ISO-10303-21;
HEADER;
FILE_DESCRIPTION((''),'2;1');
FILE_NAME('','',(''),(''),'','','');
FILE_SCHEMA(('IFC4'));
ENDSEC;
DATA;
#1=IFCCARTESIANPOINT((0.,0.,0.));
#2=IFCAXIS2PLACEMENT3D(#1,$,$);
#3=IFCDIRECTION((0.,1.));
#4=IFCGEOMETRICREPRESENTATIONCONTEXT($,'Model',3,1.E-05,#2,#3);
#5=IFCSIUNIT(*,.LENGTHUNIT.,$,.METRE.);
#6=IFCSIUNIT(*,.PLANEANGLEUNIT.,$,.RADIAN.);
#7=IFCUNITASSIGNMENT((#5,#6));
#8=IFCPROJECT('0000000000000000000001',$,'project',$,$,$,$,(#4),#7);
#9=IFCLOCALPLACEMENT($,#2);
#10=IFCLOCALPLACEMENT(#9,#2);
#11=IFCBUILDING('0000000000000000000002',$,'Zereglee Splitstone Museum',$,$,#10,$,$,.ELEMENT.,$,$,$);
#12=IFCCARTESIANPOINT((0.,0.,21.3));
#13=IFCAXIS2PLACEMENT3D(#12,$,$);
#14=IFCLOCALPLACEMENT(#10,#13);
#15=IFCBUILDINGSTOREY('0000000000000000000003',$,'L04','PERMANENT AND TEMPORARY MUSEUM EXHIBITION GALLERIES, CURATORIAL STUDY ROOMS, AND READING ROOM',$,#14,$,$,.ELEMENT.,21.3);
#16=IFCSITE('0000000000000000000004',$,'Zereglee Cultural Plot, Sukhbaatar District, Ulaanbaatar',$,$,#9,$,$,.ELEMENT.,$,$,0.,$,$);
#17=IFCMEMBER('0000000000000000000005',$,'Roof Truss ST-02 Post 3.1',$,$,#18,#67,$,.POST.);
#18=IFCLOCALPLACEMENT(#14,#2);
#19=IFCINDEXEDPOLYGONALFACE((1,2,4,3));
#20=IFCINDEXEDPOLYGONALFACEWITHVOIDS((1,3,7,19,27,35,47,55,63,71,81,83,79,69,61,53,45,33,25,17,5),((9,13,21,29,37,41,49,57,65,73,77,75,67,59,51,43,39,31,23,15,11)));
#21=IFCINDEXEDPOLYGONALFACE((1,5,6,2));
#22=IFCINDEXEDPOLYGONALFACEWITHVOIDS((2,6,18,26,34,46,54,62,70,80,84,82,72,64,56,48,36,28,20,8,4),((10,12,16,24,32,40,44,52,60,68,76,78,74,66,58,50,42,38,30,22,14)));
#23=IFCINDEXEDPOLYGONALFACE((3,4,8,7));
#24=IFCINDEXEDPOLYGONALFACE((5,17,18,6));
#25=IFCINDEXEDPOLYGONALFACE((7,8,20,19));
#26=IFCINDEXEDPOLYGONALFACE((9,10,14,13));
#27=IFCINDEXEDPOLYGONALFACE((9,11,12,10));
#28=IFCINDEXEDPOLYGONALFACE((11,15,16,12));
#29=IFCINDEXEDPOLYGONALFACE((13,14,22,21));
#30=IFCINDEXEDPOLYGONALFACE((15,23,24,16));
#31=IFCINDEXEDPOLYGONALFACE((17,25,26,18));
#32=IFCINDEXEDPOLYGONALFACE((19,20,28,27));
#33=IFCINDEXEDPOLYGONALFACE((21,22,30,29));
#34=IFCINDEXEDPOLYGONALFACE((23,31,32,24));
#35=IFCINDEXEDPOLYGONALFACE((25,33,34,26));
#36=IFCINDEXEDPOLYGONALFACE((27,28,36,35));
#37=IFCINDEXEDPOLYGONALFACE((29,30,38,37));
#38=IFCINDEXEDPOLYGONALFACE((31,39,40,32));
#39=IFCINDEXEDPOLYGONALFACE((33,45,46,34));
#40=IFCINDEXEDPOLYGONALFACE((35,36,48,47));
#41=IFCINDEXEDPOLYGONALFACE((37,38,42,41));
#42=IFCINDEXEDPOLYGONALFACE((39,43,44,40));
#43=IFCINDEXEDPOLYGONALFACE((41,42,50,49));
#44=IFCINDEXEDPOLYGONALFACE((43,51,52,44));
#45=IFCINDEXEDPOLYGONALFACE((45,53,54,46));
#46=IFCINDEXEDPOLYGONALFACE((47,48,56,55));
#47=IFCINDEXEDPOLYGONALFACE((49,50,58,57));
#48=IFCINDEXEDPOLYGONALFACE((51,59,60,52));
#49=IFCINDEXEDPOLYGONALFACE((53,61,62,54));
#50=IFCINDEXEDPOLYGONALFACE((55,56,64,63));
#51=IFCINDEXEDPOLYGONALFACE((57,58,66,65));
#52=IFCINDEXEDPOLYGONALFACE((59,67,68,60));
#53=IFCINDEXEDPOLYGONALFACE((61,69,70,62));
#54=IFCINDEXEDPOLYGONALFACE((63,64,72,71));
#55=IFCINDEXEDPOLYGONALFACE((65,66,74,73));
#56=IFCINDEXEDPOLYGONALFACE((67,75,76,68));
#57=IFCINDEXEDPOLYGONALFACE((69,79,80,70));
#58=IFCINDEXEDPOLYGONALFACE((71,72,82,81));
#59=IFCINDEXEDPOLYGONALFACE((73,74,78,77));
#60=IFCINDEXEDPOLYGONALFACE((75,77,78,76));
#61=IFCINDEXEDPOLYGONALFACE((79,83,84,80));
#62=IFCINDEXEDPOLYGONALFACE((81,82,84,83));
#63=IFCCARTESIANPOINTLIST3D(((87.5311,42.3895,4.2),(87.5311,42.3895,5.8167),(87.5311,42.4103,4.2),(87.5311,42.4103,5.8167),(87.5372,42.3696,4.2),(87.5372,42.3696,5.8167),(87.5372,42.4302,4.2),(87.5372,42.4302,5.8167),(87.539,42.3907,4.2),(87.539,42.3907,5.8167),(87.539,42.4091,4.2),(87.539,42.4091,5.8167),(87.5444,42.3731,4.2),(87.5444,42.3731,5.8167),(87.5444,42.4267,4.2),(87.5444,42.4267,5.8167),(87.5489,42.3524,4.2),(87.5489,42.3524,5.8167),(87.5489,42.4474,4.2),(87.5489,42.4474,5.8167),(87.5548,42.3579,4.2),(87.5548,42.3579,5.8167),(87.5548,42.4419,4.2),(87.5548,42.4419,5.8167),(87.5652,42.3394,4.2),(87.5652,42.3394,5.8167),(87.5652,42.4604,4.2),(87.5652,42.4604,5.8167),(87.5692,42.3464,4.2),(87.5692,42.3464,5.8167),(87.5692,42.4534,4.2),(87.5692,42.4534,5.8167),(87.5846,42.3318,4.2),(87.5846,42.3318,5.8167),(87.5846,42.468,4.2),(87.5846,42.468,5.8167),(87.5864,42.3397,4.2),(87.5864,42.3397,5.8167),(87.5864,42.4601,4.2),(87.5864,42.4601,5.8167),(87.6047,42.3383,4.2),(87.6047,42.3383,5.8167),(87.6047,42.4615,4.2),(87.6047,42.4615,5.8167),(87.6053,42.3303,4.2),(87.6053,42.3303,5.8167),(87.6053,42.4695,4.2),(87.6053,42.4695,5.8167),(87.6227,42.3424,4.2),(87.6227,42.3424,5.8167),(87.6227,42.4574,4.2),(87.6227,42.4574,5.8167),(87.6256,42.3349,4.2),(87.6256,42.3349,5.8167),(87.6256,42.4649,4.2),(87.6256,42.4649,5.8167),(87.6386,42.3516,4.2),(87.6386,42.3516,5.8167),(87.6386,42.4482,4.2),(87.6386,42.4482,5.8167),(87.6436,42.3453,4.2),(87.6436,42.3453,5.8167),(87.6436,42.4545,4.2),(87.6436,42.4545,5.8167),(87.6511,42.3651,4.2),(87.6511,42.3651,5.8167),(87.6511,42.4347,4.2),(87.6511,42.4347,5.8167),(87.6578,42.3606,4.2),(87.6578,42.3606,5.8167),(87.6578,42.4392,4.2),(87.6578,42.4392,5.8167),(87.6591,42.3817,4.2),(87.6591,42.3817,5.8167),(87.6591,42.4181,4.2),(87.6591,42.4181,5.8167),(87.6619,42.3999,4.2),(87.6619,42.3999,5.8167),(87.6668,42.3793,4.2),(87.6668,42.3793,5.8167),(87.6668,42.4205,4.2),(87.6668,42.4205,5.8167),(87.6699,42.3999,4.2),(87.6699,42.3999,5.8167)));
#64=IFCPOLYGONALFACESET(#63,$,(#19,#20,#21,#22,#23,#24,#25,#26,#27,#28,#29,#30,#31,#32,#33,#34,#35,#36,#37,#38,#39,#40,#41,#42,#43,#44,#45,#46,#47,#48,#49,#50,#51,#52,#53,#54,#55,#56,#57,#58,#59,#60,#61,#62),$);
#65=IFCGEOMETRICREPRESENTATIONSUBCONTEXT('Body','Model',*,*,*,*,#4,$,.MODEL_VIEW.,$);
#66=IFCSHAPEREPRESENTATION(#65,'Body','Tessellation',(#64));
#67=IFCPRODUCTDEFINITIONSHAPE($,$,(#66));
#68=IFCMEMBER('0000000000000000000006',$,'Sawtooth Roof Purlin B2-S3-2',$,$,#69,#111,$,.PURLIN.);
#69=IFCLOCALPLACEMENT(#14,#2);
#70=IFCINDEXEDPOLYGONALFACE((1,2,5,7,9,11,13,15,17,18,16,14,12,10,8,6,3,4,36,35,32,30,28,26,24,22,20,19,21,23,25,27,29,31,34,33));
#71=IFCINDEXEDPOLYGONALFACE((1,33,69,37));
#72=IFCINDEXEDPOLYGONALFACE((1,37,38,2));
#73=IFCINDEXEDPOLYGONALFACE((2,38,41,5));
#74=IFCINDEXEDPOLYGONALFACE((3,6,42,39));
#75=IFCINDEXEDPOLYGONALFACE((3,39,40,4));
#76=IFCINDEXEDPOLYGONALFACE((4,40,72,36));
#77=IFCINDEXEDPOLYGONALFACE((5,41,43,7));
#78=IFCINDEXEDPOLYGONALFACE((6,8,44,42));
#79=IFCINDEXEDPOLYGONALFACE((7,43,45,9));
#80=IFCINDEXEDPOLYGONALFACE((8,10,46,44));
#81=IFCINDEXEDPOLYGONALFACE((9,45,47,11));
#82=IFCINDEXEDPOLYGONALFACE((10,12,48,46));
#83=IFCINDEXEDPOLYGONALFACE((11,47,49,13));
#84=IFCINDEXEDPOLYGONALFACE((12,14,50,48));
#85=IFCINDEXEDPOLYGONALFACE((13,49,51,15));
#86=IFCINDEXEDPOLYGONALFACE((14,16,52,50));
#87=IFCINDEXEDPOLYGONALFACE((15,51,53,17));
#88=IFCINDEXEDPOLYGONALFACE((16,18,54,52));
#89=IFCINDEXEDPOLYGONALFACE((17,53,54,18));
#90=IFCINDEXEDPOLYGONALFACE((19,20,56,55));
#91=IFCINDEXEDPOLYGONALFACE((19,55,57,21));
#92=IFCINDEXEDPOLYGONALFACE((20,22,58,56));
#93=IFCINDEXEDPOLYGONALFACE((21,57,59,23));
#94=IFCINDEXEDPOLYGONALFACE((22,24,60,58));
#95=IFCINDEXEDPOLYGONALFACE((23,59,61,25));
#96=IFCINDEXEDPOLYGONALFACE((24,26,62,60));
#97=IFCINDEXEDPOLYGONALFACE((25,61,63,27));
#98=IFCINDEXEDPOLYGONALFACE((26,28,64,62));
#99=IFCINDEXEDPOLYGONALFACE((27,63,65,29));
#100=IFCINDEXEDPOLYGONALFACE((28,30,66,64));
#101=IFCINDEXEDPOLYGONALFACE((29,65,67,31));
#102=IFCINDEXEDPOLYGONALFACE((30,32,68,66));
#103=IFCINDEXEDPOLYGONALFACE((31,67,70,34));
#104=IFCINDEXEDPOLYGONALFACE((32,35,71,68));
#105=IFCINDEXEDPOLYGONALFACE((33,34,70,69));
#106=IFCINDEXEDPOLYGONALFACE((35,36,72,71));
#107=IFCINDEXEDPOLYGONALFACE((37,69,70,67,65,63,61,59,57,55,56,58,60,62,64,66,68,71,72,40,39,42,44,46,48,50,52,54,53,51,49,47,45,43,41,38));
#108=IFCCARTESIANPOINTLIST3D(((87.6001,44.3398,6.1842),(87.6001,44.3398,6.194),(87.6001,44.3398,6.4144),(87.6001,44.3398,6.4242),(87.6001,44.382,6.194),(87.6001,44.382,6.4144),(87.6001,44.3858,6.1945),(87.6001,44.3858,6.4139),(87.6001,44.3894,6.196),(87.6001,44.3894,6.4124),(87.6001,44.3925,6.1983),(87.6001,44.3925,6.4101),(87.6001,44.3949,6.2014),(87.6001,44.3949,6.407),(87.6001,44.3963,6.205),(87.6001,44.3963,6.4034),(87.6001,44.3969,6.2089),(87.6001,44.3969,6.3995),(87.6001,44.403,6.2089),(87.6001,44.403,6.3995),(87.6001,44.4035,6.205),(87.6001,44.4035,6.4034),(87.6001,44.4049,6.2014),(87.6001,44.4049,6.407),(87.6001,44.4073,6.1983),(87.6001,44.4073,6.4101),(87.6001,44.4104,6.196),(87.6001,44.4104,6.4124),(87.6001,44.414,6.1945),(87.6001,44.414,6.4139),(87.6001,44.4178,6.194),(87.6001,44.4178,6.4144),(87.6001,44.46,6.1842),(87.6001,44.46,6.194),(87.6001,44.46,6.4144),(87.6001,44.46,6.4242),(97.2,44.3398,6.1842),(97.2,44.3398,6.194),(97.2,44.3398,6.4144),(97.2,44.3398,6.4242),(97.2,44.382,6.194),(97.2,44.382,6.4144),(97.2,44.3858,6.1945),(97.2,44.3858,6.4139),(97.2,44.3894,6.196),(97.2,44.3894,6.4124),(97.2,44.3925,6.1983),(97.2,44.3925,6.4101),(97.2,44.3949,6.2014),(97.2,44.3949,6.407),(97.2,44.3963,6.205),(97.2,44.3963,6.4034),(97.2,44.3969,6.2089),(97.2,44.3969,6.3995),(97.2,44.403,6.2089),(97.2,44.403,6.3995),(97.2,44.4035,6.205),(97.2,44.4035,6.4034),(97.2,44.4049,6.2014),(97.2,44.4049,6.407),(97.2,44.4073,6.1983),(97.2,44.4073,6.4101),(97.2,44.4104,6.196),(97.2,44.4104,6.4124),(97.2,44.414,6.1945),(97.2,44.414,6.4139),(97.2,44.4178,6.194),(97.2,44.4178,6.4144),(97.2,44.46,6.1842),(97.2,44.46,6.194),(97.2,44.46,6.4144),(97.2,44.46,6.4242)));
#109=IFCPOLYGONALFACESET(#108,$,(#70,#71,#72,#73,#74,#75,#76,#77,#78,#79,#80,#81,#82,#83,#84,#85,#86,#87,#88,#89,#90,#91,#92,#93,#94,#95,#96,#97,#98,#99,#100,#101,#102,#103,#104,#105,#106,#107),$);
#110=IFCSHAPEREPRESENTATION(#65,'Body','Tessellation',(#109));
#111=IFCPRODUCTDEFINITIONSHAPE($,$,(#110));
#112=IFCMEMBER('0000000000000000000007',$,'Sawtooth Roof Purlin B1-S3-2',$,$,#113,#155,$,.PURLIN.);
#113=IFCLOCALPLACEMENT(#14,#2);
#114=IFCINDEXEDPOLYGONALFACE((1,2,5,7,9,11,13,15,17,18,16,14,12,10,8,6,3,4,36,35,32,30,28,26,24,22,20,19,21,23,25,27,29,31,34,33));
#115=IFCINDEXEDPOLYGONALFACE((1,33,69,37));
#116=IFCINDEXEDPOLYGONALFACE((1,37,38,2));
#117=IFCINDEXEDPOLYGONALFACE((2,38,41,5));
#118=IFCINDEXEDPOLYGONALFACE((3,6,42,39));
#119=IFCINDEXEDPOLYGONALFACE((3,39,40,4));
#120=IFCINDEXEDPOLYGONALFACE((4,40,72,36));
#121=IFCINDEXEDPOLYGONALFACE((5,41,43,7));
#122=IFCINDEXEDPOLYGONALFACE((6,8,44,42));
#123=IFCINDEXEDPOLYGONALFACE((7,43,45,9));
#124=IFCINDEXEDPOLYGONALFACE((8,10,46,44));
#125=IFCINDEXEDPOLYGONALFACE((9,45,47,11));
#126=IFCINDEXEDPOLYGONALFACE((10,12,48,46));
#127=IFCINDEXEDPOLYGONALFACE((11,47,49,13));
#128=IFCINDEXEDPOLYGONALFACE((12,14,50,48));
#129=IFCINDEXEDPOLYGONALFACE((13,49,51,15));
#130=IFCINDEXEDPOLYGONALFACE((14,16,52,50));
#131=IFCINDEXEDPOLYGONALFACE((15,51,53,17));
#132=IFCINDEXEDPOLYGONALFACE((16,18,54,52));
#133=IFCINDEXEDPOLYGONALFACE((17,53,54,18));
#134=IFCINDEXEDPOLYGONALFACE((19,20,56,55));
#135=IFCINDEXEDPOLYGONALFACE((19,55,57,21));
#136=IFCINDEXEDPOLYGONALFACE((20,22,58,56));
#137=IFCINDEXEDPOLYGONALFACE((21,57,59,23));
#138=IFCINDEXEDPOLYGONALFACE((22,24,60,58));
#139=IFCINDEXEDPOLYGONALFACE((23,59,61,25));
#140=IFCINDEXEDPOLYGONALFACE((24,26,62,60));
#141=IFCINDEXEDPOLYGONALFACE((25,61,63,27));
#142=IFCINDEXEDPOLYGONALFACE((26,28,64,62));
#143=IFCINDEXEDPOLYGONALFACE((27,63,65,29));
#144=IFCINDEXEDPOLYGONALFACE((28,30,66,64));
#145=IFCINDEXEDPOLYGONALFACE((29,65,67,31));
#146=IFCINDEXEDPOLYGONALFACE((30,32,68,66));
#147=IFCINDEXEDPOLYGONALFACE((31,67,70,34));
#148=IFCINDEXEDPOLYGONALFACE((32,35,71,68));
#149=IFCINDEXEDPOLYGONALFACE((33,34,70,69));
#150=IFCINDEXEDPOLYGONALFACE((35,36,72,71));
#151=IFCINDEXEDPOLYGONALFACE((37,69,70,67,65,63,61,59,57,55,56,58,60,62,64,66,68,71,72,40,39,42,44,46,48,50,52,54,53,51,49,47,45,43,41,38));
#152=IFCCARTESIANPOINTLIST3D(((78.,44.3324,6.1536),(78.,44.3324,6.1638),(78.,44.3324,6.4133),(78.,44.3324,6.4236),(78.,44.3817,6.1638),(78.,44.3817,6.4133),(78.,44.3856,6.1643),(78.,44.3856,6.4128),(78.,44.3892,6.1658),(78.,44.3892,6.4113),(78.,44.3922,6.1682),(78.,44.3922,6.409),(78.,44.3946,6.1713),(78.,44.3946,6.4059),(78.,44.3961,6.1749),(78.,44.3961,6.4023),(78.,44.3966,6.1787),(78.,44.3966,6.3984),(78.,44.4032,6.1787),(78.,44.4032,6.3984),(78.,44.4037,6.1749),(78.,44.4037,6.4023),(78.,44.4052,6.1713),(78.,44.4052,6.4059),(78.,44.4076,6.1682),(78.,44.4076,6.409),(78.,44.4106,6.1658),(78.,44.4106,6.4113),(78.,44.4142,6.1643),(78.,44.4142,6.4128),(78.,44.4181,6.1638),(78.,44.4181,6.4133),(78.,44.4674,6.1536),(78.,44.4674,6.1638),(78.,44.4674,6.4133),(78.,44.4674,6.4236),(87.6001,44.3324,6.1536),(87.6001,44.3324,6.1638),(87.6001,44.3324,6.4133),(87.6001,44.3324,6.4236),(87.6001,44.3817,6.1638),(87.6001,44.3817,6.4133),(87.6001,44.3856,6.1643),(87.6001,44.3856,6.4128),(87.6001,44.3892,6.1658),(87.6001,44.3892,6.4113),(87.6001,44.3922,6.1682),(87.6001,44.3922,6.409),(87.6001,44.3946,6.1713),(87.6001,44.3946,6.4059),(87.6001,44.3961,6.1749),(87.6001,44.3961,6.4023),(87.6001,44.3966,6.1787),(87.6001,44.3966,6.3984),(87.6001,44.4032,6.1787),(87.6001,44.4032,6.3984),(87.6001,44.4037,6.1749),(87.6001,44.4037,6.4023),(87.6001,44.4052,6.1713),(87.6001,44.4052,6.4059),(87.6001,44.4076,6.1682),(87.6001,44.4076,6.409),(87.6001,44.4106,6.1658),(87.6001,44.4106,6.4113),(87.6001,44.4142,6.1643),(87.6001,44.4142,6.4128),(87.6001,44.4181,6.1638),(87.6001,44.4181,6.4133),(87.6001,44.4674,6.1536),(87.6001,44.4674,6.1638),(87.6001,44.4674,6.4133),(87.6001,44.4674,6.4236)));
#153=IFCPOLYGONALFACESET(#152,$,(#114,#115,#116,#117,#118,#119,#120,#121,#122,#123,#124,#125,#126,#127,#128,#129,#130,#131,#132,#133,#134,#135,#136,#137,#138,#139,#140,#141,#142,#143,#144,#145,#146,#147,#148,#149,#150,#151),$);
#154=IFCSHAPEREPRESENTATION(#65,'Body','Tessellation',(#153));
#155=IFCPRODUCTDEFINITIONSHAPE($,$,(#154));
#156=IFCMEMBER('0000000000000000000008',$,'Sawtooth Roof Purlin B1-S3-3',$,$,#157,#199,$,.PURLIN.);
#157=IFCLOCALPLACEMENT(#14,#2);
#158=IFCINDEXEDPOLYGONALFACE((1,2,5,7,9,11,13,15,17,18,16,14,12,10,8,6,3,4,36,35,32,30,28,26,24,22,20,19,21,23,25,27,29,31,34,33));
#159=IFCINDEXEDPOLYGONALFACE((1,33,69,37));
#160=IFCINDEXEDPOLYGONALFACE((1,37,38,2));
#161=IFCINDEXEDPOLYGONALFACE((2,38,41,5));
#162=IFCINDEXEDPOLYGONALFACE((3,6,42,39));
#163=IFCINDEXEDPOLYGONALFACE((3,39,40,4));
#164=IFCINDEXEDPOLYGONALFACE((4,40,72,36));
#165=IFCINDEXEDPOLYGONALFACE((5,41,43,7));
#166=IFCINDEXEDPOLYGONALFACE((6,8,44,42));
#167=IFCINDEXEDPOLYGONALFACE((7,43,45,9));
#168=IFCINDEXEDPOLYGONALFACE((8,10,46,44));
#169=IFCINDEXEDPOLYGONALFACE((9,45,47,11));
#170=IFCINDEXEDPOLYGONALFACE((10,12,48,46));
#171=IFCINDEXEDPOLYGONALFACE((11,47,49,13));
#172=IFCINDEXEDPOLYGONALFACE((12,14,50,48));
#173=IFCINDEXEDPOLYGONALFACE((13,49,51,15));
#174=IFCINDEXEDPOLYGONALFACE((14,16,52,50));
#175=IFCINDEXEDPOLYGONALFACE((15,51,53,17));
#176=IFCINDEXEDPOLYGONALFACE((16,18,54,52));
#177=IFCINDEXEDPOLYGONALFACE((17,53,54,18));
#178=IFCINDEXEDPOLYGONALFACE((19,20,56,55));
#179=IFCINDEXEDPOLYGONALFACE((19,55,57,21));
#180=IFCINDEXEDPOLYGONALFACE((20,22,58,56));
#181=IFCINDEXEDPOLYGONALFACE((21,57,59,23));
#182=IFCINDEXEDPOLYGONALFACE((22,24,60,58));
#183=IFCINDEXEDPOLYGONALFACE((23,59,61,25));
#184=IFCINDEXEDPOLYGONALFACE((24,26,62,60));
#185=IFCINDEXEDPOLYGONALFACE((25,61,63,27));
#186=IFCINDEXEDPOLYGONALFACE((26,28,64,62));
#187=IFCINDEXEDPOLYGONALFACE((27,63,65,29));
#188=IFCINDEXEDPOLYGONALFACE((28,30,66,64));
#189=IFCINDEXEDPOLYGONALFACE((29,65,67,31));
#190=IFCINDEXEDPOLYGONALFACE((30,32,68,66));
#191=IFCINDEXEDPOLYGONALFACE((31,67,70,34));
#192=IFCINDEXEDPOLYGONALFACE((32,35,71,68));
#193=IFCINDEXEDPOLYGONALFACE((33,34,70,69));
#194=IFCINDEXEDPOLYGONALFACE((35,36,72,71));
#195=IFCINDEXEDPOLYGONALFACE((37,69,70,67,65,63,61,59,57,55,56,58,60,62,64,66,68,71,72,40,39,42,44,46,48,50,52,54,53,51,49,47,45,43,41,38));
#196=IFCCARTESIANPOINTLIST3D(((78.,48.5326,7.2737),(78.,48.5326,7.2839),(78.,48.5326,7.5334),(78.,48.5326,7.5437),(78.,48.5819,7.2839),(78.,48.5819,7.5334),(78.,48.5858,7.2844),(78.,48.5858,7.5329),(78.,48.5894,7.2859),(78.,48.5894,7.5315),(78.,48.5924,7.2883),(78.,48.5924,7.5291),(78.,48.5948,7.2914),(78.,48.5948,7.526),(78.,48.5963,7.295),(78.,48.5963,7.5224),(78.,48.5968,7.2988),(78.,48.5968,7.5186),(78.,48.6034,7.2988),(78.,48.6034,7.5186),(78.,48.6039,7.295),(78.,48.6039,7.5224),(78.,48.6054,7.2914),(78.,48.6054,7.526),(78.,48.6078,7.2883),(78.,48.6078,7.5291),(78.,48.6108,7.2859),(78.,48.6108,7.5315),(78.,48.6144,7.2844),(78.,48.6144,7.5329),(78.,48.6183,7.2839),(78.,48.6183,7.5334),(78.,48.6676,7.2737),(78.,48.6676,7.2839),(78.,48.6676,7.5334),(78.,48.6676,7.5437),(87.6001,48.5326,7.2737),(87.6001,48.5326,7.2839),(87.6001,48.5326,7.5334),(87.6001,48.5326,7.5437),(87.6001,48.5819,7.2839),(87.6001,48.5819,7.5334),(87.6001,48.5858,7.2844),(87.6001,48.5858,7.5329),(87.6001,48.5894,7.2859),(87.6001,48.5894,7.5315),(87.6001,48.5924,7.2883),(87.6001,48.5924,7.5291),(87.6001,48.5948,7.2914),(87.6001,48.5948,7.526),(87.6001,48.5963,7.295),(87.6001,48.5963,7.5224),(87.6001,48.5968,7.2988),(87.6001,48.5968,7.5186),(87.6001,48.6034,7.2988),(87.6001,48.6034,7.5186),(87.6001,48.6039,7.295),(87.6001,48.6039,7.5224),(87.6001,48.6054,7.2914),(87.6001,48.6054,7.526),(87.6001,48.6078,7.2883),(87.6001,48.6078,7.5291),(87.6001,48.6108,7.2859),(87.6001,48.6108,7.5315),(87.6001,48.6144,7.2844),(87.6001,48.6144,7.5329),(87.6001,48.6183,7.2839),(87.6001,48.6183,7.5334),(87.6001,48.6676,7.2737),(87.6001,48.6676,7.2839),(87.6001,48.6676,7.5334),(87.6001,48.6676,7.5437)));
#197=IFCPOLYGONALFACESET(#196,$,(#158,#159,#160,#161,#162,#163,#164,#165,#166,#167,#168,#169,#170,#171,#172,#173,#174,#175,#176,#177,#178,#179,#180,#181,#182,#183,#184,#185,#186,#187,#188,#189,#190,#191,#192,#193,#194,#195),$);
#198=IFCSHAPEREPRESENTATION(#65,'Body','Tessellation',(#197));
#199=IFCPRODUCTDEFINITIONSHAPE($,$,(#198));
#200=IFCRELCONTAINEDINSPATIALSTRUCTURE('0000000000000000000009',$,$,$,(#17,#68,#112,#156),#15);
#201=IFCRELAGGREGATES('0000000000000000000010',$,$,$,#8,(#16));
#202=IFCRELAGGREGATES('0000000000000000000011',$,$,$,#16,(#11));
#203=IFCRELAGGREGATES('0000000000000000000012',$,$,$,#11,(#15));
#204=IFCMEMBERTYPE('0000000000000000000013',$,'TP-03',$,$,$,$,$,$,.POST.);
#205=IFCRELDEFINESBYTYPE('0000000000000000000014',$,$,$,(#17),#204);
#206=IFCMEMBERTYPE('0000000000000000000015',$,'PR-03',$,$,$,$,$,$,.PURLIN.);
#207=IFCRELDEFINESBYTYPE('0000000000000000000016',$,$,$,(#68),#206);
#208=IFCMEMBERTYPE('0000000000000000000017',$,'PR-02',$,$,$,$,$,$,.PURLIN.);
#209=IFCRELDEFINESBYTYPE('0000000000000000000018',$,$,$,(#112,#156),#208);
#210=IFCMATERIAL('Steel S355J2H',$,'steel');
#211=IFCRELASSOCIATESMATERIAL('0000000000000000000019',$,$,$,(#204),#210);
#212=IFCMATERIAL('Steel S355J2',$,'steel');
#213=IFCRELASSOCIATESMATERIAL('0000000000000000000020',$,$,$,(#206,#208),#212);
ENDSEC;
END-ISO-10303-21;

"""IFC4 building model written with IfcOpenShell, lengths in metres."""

from ifc_helpers import new_model, si_unit, direction, frame, origin, origin_2d, place, context, subcontext, project, spatial, hollow_circle, i_section, extrude, material, material_profile, profile_set, type_object, element, save


model = new_model("IFC4")

# Units and contexts
model_context = context("Model", 3, precision=1e-05, world=origin(), true_north=direction((0.0, 1.0)))
body_context = subcontext(model_context, "Body", "Model", "MODEL_VIEW")
ifc_project = project(units=[si_unit("LENGTHUNIT", "METRE"), si_unit("PLANEANGLEUNIT", "RADIAN")], contexts=[model_context])

# Site, building, storey
site_placement = place(None, origin())
site = spatial("IfcSite", under=ifc_project, at=site_placement, Name="Zereglee Cultural Plot, Sukhbaatar District, Ulaanbaatar", CompositionType="ELEMENT", RefElevation=0.0)
building_placement = place(site_placement, origin())
building = spatial("IfcBuilding", under=site, at=building_placement, Name="Zereglee Splitstone Museum", CompositionType="ELEMENT")
storey_placement = place(building_placement, frame((0.0, 0.0, 21.3)))
storey = spatial("IfcBuildingStorey", under=building, at=storey_placement, Name="L04", Description="PERMANENT AND TEMPORARY MUSEUM EXHIBITION GALLERIES, CURATORIAL STUDY ROOMS, AND READING ROOM", CompositionType="ELEMENT", Elevation=21.3)

# Shared definitions
ifc_material_1 = material(Name="Steel S355J2H", Category="steel")

# Shared definitions
ifc_material_2 = material(Name="Steel S355J2", Category="steel")

# Members
ifc_material_profile_1 = material_profile(ifc_material_1, hollow_circle(Radius=0.0698, WallThickness=0.0081, at=origin_2d()), Name="CHS 139.7x8")
ifc_profile_set_1 = profile_set([ifc_material_profile_1], Name="Steel S355J2H")
member_type_1 = type_object("IfcMemberType", Name="TP-03", PredefinedType="POST", material=ifc_profile_set_1)
member_1_placement = place(storey_placement, frame((87.6001, 42.3999, 4.2), z_axis=(0.0, 0.0, 1.0), x_axis=(1.0, 0.0, 0.0)))
element("IfcMember", 1, at=member_1_placement, inside=storey, type_object=member_type_1, Name="Roof Truss ST-02 Post 3.1", PredefinedType="POST", context=body_context, shape_type="SweptSolid", body=[
    extrude(hollow_circle(Radius=0.0698, WallThickness=0.0081, at=origin_2d()), origin(), (0.0, 0.0, 1.0), 1.6167),
])
ifc_material_profile_2 = material_profile(ifc_material_2, i_section(OverallWidth=0.1201, OverallDepth=0.24, WebThickness=0.0061, FlangeThickness=0.0098, FilletRadius=0.0149, at=origin_2d()), Name="IPE 240")
ifc_profile_set_2 = profile_set([ifc_material_profile_2], Name="Steel S355J2")
member_type_2 = type_object("IfcMemberType", Name="PR-03", PredefinedType="PURLIN", material=ifc_profile_set_2)
member_2_placement = place(storey_placement, frame((87.6001, 44.3999, 6.3042), z_axis=(1.0, 0.0, 0.0), x_axis=(0.0, 1.0, 0.0)))
element("IfcMember", 2, at=member_2_placement, inside=storey, type_object=member_type_2, Name="Sawtooth Roof Purlin B2-S3-2", PredefinedType="PURLIN", context=body_context, shape_type="SweptSolid", body=[
    extrude(i_section(OverallWidth=0.1201, OverallDepth=0.24, WebThickness=0.0061, FlangeThickness=0.0098, FilletRadius=0.0149, at=origin_2d()), origin(), (0.0, 0.0, 1.0), 9.5999),
])
ifc_material_profile_3 = material_profile(ifc_material_2, i_section(OverallWidth=0.135, OverallDepth=0.27, WebThickness=0.0066, FlangeThickness=0.0103, FilletRadius=0.0149, at=origin_2d()), Name="IPE 270")
ifc_profile_set_3 = profile_set([ifc_material_profile_3], Name="Steel S355J2")
member_type_3 = type_object("IfcMemberType", Name="PR-02", PredefinedType="PURLIN", material=ifc_profile_set_3)
for number, where, z_axis, x_axis, name in (
    (3, (78.0, 44.3999, 6.2886), (1.0, 0.0, 0.0), (0.0, 1.0, 0.0), "Sawtooth Roof Purlin B1-S3-2"),
    (4, (78.0, 48.6001, 7.4087), (1.0, 0.0, 0.0), (0.0, 1.0, 0.0), "Sawtooth Roof Purlin B1-S3-3"),
):
    element("IfcMember", number, at=place(storey_placement, frame(where, z_axis=z_axis, x_axis=x_axis)), inside=storey, type_object=member_type_3, Name=name, PredefinedType="PURLIN", context=body_context, shape_type="SweptSolid", body=[
        extrude(i_section(OverallWidth=0.135, OverallDepth=0.27, WebThickness=0.0066, FlangeThickness=0.0103, FilletRadius=0.0149, at=origin_2d()), origin(), (0.0, 0.0, 1.0), 9.6001),
    ])

save(model, "model.ifc")
